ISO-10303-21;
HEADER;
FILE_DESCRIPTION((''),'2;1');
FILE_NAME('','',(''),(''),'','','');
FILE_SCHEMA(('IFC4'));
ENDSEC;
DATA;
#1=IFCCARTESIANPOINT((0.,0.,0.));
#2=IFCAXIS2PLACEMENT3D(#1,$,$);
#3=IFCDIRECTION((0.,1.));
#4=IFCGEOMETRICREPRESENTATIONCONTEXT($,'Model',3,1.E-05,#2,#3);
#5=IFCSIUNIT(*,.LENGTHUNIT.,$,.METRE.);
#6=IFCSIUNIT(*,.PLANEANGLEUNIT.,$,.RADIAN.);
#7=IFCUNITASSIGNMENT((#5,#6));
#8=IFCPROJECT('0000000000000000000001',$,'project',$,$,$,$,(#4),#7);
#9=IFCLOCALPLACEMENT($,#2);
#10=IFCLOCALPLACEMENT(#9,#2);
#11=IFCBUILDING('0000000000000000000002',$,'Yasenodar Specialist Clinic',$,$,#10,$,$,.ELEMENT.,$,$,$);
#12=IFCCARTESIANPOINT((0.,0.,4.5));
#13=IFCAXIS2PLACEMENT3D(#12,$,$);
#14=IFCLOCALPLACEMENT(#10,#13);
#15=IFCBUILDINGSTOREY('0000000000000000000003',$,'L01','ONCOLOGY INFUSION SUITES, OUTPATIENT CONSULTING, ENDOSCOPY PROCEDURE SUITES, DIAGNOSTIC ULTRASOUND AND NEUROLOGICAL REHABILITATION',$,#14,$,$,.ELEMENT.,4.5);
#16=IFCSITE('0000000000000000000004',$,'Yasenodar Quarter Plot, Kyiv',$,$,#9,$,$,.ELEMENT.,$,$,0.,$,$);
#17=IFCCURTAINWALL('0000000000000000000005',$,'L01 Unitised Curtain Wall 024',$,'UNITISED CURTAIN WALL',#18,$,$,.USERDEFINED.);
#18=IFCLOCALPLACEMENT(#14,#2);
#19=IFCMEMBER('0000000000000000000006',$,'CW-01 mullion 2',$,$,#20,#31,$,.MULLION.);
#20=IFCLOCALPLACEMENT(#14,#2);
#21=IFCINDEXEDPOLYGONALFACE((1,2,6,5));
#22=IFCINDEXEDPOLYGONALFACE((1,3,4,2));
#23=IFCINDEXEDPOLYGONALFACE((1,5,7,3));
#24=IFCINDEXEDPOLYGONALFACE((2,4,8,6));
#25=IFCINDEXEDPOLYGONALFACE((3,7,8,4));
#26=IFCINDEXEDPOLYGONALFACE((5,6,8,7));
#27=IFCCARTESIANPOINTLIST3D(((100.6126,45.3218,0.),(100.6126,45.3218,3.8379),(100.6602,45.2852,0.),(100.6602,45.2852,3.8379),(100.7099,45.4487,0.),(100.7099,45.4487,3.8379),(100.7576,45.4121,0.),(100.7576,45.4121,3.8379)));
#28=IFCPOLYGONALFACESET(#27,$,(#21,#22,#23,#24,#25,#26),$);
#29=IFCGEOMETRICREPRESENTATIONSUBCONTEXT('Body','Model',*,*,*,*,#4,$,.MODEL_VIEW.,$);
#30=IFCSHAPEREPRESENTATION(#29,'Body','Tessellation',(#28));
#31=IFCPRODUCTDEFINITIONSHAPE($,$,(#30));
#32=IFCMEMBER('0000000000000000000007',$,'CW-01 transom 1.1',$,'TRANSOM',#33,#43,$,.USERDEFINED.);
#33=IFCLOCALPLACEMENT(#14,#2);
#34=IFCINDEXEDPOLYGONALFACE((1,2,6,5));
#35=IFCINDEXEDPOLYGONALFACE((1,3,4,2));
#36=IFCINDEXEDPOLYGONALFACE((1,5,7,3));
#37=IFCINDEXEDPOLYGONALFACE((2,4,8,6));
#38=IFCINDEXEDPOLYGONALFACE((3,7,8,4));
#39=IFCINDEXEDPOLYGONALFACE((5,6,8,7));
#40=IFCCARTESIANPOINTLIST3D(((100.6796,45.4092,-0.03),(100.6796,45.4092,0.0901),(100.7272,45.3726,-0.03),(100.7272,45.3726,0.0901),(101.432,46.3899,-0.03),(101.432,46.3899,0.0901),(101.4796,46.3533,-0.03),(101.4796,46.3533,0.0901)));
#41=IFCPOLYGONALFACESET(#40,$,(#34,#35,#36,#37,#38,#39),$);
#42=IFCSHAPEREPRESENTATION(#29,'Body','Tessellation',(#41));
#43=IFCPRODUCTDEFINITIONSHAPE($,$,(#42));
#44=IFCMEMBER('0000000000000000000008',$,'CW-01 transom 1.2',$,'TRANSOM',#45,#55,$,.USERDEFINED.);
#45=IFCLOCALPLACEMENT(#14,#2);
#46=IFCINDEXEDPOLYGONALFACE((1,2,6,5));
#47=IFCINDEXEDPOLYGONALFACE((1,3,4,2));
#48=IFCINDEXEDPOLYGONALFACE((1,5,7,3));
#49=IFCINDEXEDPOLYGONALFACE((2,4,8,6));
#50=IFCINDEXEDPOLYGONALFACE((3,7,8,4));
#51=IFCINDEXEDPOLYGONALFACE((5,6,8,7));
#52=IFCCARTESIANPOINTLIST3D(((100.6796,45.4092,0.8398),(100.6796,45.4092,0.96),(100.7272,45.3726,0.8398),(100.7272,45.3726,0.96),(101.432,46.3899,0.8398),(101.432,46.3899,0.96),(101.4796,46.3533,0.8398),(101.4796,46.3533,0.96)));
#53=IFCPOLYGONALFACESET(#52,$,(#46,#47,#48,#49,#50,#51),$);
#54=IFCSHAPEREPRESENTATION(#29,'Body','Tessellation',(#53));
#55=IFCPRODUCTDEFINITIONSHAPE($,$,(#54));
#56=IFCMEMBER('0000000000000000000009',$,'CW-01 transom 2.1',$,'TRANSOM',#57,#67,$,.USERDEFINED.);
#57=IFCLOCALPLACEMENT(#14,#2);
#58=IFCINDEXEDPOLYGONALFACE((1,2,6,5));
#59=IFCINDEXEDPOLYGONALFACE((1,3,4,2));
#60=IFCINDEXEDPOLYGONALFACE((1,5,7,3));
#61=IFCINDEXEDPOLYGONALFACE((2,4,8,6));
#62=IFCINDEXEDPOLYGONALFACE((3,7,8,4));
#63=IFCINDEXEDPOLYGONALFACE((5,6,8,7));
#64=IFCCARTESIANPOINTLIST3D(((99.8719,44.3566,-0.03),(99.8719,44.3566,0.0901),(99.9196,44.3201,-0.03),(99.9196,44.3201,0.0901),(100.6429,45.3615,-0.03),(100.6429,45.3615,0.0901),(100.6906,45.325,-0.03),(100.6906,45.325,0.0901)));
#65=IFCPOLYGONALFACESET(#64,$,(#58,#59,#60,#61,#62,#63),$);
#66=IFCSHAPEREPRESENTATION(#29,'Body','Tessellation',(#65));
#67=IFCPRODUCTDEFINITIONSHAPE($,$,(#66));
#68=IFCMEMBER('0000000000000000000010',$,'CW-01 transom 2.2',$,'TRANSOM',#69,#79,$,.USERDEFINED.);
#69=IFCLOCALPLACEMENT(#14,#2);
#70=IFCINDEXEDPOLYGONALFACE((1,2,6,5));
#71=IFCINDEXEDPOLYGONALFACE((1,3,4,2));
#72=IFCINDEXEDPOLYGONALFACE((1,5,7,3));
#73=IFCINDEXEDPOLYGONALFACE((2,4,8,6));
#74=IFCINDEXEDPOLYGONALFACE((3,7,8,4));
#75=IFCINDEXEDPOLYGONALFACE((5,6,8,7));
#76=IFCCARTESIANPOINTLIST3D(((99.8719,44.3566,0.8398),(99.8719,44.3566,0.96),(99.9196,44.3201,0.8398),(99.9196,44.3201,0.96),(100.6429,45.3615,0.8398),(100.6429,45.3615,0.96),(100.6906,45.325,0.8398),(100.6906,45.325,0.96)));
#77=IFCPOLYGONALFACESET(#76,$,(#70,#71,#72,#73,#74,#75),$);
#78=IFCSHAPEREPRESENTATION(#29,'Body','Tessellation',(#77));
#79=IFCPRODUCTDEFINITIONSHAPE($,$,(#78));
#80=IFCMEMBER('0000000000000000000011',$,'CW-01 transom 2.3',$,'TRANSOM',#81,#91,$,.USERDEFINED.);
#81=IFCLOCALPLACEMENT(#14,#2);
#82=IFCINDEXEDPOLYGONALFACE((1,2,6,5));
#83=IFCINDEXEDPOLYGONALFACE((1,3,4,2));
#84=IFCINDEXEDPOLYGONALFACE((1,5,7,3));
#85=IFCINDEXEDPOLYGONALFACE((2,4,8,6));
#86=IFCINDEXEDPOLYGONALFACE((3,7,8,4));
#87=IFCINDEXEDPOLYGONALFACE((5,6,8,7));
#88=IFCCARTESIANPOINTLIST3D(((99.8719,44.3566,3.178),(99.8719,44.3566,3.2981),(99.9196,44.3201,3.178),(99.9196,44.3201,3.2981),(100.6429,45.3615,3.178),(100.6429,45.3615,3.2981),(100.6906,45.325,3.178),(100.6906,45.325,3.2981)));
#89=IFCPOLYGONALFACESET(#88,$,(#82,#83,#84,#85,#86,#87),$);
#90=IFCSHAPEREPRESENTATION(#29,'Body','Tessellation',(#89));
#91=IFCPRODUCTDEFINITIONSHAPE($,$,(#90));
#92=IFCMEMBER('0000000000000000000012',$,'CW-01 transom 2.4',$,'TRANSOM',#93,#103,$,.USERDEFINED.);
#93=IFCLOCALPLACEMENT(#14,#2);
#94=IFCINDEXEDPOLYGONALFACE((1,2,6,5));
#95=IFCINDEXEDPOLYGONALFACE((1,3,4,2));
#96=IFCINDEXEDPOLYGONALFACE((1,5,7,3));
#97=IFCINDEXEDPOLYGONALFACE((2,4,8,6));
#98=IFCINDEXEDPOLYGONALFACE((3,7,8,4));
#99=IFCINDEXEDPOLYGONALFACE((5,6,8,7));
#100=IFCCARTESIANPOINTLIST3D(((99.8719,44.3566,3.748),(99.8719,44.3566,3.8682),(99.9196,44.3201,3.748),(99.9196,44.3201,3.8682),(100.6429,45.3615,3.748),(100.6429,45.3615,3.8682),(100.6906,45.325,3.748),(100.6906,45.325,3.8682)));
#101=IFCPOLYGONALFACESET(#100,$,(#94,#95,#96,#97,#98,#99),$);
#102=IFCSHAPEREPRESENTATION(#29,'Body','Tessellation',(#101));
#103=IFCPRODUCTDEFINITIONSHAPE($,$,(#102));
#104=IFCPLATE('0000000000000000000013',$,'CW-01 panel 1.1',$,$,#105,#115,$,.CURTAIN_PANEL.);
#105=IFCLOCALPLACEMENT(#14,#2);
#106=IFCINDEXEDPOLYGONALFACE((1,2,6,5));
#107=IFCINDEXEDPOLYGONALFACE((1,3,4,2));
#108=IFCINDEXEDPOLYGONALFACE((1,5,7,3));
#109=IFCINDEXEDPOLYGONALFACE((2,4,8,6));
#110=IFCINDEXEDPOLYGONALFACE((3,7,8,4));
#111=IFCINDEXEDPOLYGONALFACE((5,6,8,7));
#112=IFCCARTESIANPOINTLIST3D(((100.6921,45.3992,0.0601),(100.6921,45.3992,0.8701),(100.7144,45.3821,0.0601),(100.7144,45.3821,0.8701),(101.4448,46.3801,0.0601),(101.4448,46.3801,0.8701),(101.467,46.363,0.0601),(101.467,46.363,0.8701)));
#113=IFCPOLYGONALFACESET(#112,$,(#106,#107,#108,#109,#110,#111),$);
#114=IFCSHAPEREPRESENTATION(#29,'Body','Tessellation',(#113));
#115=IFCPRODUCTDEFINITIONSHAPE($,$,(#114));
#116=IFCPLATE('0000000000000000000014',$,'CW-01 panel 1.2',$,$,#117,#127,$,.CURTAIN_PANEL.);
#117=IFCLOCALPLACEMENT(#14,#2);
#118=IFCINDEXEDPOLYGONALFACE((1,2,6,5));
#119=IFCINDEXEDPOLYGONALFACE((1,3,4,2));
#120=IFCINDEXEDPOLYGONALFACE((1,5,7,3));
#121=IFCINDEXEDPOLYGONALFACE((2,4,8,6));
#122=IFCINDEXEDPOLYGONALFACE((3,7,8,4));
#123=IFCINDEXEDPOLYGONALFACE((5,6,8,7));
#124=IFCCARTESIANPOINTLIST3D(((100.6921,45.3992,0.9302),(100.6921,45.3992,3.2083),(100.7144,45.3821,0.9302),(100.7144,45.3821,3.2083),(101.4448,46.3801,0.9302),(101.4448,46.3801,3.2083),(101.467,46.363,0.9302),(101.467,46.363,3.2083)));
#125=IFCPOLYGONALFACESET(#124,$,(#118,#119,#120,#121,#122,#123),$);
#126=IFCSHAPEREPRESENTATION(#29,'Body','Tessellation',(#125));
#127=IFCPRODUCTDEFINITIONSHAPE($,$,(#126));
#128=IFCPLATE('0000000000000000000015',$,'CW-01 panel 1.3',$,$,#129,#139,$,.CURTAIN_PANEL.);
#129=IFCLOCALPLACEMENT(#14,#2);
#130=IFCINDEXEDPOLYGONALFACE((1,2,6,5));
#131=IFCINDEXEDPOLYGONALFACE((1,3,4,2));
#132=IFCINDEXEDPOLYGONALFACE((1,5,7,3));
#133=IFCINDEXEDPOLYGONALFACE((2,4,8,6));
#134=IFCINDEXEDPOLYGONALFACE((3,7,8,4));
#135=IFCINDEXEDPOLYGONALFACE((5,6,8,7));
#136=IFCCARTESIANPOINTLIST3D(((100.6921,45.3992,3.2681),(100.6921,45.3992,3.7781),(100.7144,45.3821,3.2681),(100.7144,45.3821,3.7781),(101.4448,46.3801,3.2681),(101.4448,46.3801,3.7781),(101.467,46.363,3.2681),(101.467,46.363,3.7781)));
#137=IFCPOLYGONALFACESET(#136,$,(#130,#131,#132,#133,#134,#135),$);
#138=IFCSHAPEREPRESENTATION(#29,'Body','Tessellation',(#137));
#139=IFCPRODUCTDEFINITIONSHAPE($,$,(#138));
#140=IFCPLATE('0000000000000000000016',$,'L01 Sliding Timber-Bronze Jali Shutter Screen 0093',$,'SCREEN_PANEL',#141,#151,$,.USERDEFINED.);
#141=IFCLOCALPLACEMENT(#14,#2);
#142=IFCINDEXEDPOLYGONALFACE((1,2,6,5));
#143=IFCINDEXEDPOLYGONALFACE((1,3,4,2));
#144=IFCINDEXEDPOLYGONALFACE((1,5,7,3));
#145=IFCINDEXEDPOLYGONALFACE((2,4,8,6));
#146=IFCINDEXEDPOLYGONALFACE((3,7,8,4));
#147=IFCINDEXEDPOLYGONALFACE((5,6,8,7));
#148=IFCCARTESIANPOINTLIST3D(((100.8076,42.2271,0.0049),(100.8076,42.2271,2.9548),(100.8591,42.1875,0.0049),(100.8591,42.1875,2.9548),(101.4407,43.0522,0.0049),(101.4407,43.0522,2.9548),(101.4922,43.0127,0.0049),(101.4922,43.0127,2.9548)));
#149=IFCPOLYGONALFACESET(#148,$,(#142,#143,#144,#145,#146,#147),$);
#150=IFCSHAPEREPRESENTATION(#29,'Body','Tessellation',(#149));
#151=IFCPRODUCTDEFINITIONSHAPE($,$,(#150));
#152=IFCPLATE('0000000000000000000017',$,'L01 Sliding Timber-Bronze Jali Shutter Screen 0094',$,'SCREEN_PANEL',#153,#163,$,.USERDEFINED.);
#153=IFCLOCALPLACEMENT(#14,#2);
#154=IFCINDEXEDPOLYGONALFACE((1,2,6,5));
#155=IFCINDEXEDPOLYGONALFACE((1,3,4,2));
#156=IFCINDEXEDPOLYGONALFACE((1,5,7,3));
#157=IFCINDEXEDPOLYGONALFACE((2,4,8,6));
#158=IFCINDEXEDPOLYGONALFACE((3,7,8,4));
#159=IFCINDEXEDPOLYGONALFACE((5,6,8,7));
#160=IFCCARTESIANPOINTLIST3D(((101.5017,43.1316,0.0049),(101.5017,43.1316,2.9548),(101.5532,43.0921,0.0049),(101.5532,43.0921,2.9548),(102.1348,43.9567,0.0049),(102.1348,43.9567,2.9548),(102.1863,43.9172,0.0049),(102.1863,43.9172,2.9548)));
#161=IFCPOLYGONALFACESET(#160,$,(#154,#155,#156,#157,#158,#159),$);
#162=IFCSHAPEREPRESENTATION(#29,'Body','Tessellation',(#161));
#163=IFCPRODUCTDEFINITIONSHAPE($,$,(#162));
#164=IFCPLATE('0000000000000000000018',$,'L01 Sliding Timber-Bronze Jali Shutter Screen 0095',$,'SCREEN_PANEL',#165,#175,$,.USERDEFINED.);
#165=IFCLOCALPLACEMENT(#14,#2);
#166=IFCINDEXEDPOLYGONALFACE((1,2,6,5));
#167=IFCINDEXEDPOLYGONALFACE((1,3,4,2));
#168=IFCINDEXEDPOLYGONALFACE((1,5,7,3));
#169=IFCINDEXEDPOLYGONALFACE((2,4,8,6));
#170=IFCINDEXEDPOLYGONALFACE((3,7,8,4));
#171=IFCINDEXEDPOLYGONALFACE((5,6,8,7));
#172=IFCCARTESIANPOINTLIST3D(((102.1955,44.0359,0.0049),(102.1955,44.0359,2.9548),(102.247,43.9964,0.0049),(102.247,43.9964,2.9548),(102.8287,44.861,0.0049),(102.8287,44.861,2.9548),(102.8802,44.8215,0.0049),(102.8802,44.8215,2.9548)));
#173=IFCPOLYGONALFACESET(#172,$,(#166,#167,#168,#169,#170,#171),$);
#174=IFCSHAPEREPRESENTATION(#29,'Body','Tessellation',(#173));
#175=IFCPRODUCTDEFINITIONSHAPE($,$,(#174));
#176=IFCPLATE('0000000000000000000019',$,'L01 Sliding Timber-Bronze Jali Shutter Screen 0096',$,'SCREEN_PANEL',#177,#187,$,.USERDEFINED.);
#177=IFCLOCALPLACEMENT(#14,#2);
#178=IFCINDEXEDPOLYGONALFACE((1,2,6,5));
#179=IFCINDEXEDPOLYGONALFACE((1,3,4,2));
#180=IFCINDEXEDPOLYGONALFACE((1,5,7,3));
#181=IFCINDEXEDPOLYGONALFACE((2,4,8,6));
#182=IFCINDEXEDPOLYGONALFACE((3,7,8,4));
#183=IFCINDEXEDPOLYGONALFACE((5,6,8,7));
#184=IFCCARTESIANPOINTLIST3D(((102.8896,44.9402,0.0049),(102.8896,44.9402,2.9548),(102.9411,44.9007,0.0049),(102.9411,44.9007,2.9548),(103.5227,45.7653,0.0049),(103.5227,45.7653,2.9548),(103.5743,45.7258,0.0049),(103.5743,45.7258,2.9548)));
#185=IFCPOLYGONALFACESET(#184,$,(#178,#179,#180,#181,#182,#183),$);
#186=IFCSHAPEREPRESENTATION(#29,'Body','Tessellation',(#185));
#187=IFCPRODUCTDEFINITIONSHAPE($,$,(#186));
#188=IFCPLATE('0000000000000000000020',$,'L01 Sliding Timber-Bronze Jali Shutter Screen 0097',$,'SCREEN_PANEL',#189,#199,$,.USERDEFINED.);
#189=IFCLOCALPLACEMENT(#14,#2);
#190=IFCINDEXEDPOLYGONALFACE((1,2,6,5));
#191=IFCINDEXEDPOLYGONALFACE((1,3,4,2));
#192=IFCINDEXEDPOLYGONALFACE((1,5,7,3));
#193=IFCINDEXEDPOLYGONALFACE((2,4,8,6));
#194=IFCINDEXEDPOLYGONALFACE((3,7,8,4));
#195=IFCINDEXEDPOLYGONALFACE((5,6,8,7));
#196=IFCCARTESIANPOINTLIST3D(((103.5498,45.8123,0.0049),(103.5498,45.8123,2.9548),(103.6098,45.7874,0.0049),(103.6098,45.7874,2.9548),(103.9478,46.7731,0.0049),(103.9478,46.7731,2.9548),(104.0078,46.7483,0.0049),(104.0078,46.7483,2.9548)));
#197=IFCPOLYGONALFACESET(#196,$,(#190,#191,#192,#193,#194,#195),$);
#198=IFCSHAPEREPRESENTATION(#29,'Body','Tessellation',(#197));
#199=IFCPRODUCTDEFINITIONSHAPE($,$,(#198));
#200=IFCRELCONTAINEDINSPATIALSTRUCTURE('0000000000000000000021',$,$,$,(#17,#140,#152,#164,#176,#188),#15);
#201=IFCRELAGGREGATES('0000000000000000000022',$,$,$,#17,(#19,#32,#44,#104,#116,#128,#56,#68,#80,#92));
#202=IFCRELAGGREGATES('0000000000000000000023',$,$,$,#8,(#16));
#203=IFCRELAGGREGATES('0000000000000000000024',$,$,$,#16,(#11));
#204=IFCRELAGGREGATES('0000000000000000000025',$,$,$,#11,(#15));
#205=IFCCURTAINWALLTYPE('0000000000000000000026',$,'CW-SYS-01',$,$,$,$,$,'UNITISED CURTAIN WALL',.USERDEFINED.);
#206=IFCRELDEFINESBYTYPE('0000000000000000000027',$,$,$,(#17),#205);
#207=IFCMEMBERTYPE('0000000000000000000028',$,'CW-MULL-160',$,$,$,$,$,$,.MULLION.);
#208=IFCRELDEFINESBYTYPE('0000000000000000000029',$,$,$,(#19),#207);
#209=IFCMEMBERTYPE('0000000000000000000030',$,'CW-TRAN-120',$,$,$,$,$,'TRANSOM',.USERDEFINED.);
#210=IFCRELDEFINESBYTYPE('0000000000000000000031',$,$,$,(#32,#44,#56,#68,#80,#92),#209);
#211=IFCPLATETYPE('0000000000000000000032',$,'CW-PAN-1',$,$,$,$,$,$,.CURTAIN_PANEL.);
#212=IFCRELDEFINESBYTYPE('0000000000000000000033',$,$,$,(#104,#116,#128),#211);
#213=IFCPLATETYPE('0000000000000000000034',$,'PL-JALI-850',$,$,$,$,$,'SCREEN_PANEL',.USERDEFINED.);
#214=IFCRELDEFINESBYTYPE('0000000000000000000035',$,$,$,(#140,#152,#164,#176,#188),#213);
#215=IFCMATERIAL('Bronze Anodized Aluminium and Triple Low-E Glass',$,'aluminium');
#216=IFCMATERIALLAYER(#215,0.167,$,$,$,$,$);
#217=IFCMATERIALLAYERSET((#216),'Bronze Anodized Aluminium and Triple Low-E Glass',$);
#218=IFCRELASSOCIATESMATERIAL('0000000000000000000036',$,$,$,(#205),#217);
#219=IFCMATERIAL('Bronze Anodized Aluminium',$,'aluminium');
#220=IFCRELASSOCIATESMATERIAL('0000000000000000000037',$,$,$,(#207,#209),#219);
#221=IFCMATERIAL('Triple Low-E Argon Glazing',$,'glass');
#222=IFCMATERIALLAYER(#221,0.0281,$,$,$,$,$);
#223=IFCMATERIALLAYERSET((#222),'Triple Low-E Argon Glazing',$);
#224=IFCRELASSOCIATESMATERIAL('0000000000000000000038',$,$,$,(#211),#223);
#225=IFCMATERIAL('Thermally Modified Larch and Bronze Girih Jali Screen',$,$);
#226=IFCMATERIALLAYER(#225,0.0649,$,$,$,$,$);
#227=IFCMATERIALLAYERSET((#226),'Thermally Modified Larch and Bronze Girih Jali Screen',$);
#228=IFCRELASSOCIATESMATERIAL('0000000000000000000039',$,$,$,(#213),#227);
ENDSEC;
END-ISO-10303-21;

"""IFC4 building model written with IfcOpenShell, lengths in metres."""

from ifc_helpers import new_model, si_unit, direction, frame, origin, origin_2d, place, context, subcontext, project, spatial, rectangle, extrude, material, layer, layer_set, material_profile, profile_set, type_object, element, aggregate, save


model = new_model("IFC4")

# Units and contexts
model_context = context("Model", 3, precision=1e-05, world=origin(), true_north=direction((0.0, 1.0)))
body_context = subcontext(model_context, "Body", "Model", "MODEL_VIEW")
ifc_project = project(units=[si_unit("LENGTHUNIT", "METRE"), si_unit("PLANEANGLEUNIT", "RADIAN")], contexts=[model_context])

# Site, building, storey
site_placement = place(None, origin())
site = spatial("IfcSite", under=ifc_project, at=site_placement, Name="Yasenodar Quarter Plot, Kyiv", CompositionType="ELEMENT", RefElevation=0.0)
building_placement = place(site_placement, origin())
building = spatial("IfcBuilding", under=site, at=building_placement, Name="Yasenodar Specialist Clinic", CompositionType="ELEMENT")
storey_placement = place(building_placement, frame((0.0, 0.0, 4.5)))
storey = spatial("IfcBuildingStorey", under=building, at=storey_placement, Name="L01", Description="ONCOLOGY INFUSION SUITES, OUTPATIENT CONSULTING, ENDOSCOPY PROCEDURE SUITES, DIAGNOSTIC ULTRASOUND AND NEUROLOGICAL REHABILITATION", CompositionType="ELEMENT", Elevation=4.5)

# Curtain wall, members, plates
ifc_material_1 = material(Name="Bronze Anodized Aluminium and Triple Low-E Glass", Category="aluminium")
ifc_layer_1 = layer(ifc_material_1, 0.167)
ifc_layer_set_1 = layer_set([ifc_layer_1], Name="Bronze Anodized Aluminium and Triple Low-E Glass")
curtain_wall_type = type_object("IfcCurtainWallType", Name="CW-SYS-01", ElementType="UNITISED CURTAIN WALL", PredefinedType="USERDEFINED", material=ifc_layer_set_1)
curtain_wall_placement = place(storey_placement, origin())
curtain_wall = element("IfcCurtainWall", 1, at=curtain_wall_placement, inside=storey, type_object=curtain_wall_type, Name="L01 Unitised Curtain Wall 024", ObjectType="UNITISED CURTAIN WALL", PredefinedType="USERDEFINED")
ifc_material_2 = material(Name="Bronze Anodized Aluminium", Category="aluminium")
ifc_material_profile_1 = material_profile(ifc_material_2, rectangle(XDim=0.0601, YDim=0.1599, at=origin_2d()), Name="CW-MULL 60x160")
ifc_profile_set_1 = profile_set([ifc_material_profile_1], Name="Bronze Anodized Aluminium")
member_type_1 = type_object("IfcMemberType", Name="CW-MULL-160", PredefinedType="MULLION", material=ifc_profile_set_1)
member_1_placement = place(storey_placement, frame((100.6851, 45.3669, 0.0), z_axis=(0.0, 0.0, 1.0), x_axis=(0.793361, -0.608752, 0.0)))
member_1 = element("IfcMember", 2, at=member_1_placement, type_object=member_type_1, Name="CW-01 mullion 2", PredefinedType="MULLION", context=body_context, shape_type="SweptSolid", body=[
    extrude(rectangle(XDim=0.0601, YDim=0.1599, at=origin_2d()), origin(), (0.0, 0.0, 1.0), 3.8379),
])
ifc_material_profile_2 = material_profile(ifc_material_2, rectangle(XDim=0.0601, YDim=0.1201, at=origin_2d()), Name="CW-TRAN 60x120")
ifc_profile_set_2 = profile_set([ifc_material_profile_2], Name="Bronze Anodized Aluminium")
member_type_2 = type_object("IfcMemberType", Name="CW-TRAN-120", ElementType="TRANSOM", PredefinedType="USERDEFINED", material=ifc_profile_set_2)
member_2_placement = place(storey_placement, frame((101.4558, 46.3716, 0.03), z_axis=(-0.608718, -0.793387, 0.0), x_axis=(0.793387, -0.608718, 0.0)))
member_2 = element("IfcMember", 3, at=member_2_placement, type_object=member_type_2, Name="CW-01 transom 1.1", ObjectType="TRANSOM", PredefinedType="USERDEFINED", context=body_context, shape_type="SweptSolid", body=[
    extrude(rectangle(XDim=0.0601, YDim=0.1201, at=origin_2d()), origin(), (0.0, 0.0, 1.0), 1.2361),
])
member_3_placement = place(storey_placement, frame((101.4558, 46.3716, 0.8999), z_axis=(-0.608718, -0.793387, 0.0), x_axis=(0.793387, -0.608718, 0.0)))
member_3 = element("IfcMember", 4, at=member_3_placement, type_object=member_type_2, Name="CW-01 transom 1.2", ObjectType="TRANSOM", PredefinedType="USERDEFINED", context=body_context, shape_type="SweptSolid", body=[
    extrude(rectangle(XDim=0.0601, YDim=0.1201, at=origin_2d()), origin(), (0.0, 0.0, 1.0), 1.2361),
])
member_4_placement = place(storey_placement, frame((100.6667, 45.3433, 0.03), z_axis=(-0.608723, -0.793383, 0.0), x_axis=(0.793383, -0.608723, 0.0)))
member_4 = element("IfcMember", 5, at=member_4_placement, type_object=member_type_2, Name="CW-01 transom 2.1", ObjectType="TRANSOM", PredefinedType="USERDEFINED", context=body_context, shape_type="SweptSolid", body=[
    extrude(rectangle(XDim=0.0601, YDim=0.1201, at=origin_2d()), origin(), (0.0, 0.0, 1.0), 1.2666),
])
member_5_placement = place(storey_placement, frame((100.6667, 45.3433, 0.8999), z_axis=(-0.608723, -0.793383, 0.0), x_axis=(0.793383, -0.608723, 0.0)))
member_5 = element("IfcMember", 6, at=member_5_placement, type_object=member_type_2, Name="CW-01 transom 2.2", ObjectType="TRANSOM", PredefinedType="USERDEFINED", context=body_context, shape_type="SweptSolid", body=[
    extrude(rectangle(XDim=0.0601, YDim=0.1201, at=origin_2d()), origin(), (0.0, 0.0, 1.0), 1.2666),
])
member_6_placement = place(storey_placement, frame((100.6667, 45.3433, 3.238), z_axis=(-0.608723, -0.793383, 0.0), x_axis=(0.793383, -0.608723, 0.0)))
member_6 = element("IfcMember", 7, at=member_6_placement, type_object=member_type_2, Name="CW-01 transom 2.3", ObjectType="TRANSOM", PredefinedType="USERDEFINED", context=body_context, shape_type="SweptSolid", body=[
    extrude(rectangle(XDim=0.0601, YDim=0.1201, at=origin_2d()), origin(), (0.0, 0.0, 1.0), 1.2666),
])
member_7_placement = place(storey_placement, frame((100.6667, 45.3433, 3.8081), z_axis=(-0.608723, -0.793383, 0.0), x_axis=(0.793383, -0.608723, 0.0)))
member_7 = element("IfcMember", 8, at=member_7_placement, type_object=member_type_2, Name="CW-01 transom 2.4", ObjectType="TRANSOM", PredefinedType="USERDEFINED", context=body_context, shape_type="SweptSolid", body=[
    extrude(rectangle(XDim=0.0601, YDim=0.1201, at=origin_2d()), origin(), (0.0, 0.0, 1.0), 1.2666),
])
ifc_material_3 = material(Name="Triple Low-E Argon Glazing", Category="glass")
ifc_layer_2 = layer(ifc_material_3, 0.0281)
ifc_layer_set_2 = layer_set([ifc_layer_2], Name="Triple Low-E Argon Glazing")
plate_type_1 = type_object("IfcPlateType", Name="CW-PAN-1", PredefinedType="CURTAIN_PANEL", material=ifc_layer_set_2)
plate_1_placement = place(storey_placement, frame((101.0796, 45.8811, 0.0601), z_axis=(0.0, 0.0, 1.0), x_axis=(-0.608752, -0.793361, 0.0)))
plate_1 = element("IfcPlate", 9, at=plate_1_placement, type_object=plate_type_1, Name="CW-01 panel 1.1", PredefinedType="CURTAIN_PANEL", context=body_context, shape_type="SweptSolid", body=[
    extrude(rectangle(XDim=1.2363, YDim=0.0281, at=origin_2d()), origin(), (0.0, 0.0, 1.0), 0.8101),
])
plate_2_placement = place(storey_placement, frame((101.0796, 45.8811, 0.9302), z_axis=(0.0, 0.0, 1.0), x_axis=(-0.608752, -0.793361, 0.0)))
plate_2 = element("IfcPlate", 10, at=plate_2_placement, type_object=plate_type_1, Name="CW-01 panel 1.2", PredefinedType="CURTAIN_PANEL", context=body_context, shape_type="SweptSolid", body=[
    extrude(rectangle(XDim=1.2363, YDim=0.0281, at=origin_2d()), origin(), (0.0, 0.0, 1.0), 2.2781),
])
plate_3_placement = place(storey_placement, frame((101.0796, 45.8811, 3.2681), z_axis=(0.0, 0.0, 1.0), x_axis=(-0.608752, -0.793361, 0.0)))
plate_3 = element("IfcPlate", 11, at=plate_3_placement, type_object=plate_type_1, Name="CW-01 panel 1.3", PredefinedType="CURTAIN_PANEL", context=body_context, shape_type="SweptSolid", body=[
    extrude(rectangle(XDim=1.2363, YDim=0.0281, at=origin_2d()), origin(), (0.0, 0.0, 1.0), 0.51),
])
aggregate(curtain_wall, [member_1, member_2, member_3, plate_1, plate_2, plate_3, member_4, member_5, member_6, member_7])

# Plates
ifc_material_4 = material(Name="Thermally Modified Larch and Bronze Girih Jali Screen")
ifc_layer_3 = layer(ifc_material_4, 0.0649)
ifc_layer_set_3 = layer_set([ifc_layer_3], Name="Thermally Modified Larch and Bronze Girih Jali Screen")
plate_type_2 = type_object("IfcPlateType", Name="PL-JALI-850", ElementType="SCREEN_PANEL", PredefinedType="USERDEFINED", material=ifc_layer_set_3)
for number, where, z_axis, x_axis, name in (
    (12, (101.1499, 42.6199, 0.0049), (0.0, 0.0, 1.0), (0.608764, 0.793351, 0.0), "L01 Sliding Timber-Bronze Jali Shutter Screen 0093"),
    (13, (101.844, 43.5244, 0.0049), (0.0, 0.0, 1.0), (0.608764, 0.793351, 0.0), "L01 Sliding Timber-Bronze Jali Shutter Screen 0094"),
    (14, (102.5378, 44.4287, 0.0049), (0.0, 0.0, 1.0), (0.608764, 0.793351, 0.0), "L01 Sliding Timber-Bronze Jali Shutter Screen 0095"),
    (15, (103.2319, 45.333, 0.0049), (0.0, 0.0, 1.0), (0.608764, 0.793351, 0.0), "L01 Sliding Timber-Bronze Jali Shutter Screen 0096"),
    (16, (103.7788, 46.2803, 0.0049), (0.0, 0.0, 1.0), (0.382687, 0.923878, 0.0), "L01 Sliding Timber-Bronze Jali Shutter Screen 0097"),
):
    element("IfcPlate", number, at=place(storey_placement, frame(where, z_axis=z_axis, x_axis=x_axis)), inside=storey, type_object=plate_type_2, Name=name, ObjectType="SCREEN_PANEL", PredefinedType="USERDEFINED", context=body_context, shape_type="SweptSolid", body=[
        extrude(rectangle(XDim=1.04, YDim=0.0649, at=origin_2d()), origin(), (0.0, 0.0, 1.0), 2.95),
    ])

save(model, "model.ifc")
